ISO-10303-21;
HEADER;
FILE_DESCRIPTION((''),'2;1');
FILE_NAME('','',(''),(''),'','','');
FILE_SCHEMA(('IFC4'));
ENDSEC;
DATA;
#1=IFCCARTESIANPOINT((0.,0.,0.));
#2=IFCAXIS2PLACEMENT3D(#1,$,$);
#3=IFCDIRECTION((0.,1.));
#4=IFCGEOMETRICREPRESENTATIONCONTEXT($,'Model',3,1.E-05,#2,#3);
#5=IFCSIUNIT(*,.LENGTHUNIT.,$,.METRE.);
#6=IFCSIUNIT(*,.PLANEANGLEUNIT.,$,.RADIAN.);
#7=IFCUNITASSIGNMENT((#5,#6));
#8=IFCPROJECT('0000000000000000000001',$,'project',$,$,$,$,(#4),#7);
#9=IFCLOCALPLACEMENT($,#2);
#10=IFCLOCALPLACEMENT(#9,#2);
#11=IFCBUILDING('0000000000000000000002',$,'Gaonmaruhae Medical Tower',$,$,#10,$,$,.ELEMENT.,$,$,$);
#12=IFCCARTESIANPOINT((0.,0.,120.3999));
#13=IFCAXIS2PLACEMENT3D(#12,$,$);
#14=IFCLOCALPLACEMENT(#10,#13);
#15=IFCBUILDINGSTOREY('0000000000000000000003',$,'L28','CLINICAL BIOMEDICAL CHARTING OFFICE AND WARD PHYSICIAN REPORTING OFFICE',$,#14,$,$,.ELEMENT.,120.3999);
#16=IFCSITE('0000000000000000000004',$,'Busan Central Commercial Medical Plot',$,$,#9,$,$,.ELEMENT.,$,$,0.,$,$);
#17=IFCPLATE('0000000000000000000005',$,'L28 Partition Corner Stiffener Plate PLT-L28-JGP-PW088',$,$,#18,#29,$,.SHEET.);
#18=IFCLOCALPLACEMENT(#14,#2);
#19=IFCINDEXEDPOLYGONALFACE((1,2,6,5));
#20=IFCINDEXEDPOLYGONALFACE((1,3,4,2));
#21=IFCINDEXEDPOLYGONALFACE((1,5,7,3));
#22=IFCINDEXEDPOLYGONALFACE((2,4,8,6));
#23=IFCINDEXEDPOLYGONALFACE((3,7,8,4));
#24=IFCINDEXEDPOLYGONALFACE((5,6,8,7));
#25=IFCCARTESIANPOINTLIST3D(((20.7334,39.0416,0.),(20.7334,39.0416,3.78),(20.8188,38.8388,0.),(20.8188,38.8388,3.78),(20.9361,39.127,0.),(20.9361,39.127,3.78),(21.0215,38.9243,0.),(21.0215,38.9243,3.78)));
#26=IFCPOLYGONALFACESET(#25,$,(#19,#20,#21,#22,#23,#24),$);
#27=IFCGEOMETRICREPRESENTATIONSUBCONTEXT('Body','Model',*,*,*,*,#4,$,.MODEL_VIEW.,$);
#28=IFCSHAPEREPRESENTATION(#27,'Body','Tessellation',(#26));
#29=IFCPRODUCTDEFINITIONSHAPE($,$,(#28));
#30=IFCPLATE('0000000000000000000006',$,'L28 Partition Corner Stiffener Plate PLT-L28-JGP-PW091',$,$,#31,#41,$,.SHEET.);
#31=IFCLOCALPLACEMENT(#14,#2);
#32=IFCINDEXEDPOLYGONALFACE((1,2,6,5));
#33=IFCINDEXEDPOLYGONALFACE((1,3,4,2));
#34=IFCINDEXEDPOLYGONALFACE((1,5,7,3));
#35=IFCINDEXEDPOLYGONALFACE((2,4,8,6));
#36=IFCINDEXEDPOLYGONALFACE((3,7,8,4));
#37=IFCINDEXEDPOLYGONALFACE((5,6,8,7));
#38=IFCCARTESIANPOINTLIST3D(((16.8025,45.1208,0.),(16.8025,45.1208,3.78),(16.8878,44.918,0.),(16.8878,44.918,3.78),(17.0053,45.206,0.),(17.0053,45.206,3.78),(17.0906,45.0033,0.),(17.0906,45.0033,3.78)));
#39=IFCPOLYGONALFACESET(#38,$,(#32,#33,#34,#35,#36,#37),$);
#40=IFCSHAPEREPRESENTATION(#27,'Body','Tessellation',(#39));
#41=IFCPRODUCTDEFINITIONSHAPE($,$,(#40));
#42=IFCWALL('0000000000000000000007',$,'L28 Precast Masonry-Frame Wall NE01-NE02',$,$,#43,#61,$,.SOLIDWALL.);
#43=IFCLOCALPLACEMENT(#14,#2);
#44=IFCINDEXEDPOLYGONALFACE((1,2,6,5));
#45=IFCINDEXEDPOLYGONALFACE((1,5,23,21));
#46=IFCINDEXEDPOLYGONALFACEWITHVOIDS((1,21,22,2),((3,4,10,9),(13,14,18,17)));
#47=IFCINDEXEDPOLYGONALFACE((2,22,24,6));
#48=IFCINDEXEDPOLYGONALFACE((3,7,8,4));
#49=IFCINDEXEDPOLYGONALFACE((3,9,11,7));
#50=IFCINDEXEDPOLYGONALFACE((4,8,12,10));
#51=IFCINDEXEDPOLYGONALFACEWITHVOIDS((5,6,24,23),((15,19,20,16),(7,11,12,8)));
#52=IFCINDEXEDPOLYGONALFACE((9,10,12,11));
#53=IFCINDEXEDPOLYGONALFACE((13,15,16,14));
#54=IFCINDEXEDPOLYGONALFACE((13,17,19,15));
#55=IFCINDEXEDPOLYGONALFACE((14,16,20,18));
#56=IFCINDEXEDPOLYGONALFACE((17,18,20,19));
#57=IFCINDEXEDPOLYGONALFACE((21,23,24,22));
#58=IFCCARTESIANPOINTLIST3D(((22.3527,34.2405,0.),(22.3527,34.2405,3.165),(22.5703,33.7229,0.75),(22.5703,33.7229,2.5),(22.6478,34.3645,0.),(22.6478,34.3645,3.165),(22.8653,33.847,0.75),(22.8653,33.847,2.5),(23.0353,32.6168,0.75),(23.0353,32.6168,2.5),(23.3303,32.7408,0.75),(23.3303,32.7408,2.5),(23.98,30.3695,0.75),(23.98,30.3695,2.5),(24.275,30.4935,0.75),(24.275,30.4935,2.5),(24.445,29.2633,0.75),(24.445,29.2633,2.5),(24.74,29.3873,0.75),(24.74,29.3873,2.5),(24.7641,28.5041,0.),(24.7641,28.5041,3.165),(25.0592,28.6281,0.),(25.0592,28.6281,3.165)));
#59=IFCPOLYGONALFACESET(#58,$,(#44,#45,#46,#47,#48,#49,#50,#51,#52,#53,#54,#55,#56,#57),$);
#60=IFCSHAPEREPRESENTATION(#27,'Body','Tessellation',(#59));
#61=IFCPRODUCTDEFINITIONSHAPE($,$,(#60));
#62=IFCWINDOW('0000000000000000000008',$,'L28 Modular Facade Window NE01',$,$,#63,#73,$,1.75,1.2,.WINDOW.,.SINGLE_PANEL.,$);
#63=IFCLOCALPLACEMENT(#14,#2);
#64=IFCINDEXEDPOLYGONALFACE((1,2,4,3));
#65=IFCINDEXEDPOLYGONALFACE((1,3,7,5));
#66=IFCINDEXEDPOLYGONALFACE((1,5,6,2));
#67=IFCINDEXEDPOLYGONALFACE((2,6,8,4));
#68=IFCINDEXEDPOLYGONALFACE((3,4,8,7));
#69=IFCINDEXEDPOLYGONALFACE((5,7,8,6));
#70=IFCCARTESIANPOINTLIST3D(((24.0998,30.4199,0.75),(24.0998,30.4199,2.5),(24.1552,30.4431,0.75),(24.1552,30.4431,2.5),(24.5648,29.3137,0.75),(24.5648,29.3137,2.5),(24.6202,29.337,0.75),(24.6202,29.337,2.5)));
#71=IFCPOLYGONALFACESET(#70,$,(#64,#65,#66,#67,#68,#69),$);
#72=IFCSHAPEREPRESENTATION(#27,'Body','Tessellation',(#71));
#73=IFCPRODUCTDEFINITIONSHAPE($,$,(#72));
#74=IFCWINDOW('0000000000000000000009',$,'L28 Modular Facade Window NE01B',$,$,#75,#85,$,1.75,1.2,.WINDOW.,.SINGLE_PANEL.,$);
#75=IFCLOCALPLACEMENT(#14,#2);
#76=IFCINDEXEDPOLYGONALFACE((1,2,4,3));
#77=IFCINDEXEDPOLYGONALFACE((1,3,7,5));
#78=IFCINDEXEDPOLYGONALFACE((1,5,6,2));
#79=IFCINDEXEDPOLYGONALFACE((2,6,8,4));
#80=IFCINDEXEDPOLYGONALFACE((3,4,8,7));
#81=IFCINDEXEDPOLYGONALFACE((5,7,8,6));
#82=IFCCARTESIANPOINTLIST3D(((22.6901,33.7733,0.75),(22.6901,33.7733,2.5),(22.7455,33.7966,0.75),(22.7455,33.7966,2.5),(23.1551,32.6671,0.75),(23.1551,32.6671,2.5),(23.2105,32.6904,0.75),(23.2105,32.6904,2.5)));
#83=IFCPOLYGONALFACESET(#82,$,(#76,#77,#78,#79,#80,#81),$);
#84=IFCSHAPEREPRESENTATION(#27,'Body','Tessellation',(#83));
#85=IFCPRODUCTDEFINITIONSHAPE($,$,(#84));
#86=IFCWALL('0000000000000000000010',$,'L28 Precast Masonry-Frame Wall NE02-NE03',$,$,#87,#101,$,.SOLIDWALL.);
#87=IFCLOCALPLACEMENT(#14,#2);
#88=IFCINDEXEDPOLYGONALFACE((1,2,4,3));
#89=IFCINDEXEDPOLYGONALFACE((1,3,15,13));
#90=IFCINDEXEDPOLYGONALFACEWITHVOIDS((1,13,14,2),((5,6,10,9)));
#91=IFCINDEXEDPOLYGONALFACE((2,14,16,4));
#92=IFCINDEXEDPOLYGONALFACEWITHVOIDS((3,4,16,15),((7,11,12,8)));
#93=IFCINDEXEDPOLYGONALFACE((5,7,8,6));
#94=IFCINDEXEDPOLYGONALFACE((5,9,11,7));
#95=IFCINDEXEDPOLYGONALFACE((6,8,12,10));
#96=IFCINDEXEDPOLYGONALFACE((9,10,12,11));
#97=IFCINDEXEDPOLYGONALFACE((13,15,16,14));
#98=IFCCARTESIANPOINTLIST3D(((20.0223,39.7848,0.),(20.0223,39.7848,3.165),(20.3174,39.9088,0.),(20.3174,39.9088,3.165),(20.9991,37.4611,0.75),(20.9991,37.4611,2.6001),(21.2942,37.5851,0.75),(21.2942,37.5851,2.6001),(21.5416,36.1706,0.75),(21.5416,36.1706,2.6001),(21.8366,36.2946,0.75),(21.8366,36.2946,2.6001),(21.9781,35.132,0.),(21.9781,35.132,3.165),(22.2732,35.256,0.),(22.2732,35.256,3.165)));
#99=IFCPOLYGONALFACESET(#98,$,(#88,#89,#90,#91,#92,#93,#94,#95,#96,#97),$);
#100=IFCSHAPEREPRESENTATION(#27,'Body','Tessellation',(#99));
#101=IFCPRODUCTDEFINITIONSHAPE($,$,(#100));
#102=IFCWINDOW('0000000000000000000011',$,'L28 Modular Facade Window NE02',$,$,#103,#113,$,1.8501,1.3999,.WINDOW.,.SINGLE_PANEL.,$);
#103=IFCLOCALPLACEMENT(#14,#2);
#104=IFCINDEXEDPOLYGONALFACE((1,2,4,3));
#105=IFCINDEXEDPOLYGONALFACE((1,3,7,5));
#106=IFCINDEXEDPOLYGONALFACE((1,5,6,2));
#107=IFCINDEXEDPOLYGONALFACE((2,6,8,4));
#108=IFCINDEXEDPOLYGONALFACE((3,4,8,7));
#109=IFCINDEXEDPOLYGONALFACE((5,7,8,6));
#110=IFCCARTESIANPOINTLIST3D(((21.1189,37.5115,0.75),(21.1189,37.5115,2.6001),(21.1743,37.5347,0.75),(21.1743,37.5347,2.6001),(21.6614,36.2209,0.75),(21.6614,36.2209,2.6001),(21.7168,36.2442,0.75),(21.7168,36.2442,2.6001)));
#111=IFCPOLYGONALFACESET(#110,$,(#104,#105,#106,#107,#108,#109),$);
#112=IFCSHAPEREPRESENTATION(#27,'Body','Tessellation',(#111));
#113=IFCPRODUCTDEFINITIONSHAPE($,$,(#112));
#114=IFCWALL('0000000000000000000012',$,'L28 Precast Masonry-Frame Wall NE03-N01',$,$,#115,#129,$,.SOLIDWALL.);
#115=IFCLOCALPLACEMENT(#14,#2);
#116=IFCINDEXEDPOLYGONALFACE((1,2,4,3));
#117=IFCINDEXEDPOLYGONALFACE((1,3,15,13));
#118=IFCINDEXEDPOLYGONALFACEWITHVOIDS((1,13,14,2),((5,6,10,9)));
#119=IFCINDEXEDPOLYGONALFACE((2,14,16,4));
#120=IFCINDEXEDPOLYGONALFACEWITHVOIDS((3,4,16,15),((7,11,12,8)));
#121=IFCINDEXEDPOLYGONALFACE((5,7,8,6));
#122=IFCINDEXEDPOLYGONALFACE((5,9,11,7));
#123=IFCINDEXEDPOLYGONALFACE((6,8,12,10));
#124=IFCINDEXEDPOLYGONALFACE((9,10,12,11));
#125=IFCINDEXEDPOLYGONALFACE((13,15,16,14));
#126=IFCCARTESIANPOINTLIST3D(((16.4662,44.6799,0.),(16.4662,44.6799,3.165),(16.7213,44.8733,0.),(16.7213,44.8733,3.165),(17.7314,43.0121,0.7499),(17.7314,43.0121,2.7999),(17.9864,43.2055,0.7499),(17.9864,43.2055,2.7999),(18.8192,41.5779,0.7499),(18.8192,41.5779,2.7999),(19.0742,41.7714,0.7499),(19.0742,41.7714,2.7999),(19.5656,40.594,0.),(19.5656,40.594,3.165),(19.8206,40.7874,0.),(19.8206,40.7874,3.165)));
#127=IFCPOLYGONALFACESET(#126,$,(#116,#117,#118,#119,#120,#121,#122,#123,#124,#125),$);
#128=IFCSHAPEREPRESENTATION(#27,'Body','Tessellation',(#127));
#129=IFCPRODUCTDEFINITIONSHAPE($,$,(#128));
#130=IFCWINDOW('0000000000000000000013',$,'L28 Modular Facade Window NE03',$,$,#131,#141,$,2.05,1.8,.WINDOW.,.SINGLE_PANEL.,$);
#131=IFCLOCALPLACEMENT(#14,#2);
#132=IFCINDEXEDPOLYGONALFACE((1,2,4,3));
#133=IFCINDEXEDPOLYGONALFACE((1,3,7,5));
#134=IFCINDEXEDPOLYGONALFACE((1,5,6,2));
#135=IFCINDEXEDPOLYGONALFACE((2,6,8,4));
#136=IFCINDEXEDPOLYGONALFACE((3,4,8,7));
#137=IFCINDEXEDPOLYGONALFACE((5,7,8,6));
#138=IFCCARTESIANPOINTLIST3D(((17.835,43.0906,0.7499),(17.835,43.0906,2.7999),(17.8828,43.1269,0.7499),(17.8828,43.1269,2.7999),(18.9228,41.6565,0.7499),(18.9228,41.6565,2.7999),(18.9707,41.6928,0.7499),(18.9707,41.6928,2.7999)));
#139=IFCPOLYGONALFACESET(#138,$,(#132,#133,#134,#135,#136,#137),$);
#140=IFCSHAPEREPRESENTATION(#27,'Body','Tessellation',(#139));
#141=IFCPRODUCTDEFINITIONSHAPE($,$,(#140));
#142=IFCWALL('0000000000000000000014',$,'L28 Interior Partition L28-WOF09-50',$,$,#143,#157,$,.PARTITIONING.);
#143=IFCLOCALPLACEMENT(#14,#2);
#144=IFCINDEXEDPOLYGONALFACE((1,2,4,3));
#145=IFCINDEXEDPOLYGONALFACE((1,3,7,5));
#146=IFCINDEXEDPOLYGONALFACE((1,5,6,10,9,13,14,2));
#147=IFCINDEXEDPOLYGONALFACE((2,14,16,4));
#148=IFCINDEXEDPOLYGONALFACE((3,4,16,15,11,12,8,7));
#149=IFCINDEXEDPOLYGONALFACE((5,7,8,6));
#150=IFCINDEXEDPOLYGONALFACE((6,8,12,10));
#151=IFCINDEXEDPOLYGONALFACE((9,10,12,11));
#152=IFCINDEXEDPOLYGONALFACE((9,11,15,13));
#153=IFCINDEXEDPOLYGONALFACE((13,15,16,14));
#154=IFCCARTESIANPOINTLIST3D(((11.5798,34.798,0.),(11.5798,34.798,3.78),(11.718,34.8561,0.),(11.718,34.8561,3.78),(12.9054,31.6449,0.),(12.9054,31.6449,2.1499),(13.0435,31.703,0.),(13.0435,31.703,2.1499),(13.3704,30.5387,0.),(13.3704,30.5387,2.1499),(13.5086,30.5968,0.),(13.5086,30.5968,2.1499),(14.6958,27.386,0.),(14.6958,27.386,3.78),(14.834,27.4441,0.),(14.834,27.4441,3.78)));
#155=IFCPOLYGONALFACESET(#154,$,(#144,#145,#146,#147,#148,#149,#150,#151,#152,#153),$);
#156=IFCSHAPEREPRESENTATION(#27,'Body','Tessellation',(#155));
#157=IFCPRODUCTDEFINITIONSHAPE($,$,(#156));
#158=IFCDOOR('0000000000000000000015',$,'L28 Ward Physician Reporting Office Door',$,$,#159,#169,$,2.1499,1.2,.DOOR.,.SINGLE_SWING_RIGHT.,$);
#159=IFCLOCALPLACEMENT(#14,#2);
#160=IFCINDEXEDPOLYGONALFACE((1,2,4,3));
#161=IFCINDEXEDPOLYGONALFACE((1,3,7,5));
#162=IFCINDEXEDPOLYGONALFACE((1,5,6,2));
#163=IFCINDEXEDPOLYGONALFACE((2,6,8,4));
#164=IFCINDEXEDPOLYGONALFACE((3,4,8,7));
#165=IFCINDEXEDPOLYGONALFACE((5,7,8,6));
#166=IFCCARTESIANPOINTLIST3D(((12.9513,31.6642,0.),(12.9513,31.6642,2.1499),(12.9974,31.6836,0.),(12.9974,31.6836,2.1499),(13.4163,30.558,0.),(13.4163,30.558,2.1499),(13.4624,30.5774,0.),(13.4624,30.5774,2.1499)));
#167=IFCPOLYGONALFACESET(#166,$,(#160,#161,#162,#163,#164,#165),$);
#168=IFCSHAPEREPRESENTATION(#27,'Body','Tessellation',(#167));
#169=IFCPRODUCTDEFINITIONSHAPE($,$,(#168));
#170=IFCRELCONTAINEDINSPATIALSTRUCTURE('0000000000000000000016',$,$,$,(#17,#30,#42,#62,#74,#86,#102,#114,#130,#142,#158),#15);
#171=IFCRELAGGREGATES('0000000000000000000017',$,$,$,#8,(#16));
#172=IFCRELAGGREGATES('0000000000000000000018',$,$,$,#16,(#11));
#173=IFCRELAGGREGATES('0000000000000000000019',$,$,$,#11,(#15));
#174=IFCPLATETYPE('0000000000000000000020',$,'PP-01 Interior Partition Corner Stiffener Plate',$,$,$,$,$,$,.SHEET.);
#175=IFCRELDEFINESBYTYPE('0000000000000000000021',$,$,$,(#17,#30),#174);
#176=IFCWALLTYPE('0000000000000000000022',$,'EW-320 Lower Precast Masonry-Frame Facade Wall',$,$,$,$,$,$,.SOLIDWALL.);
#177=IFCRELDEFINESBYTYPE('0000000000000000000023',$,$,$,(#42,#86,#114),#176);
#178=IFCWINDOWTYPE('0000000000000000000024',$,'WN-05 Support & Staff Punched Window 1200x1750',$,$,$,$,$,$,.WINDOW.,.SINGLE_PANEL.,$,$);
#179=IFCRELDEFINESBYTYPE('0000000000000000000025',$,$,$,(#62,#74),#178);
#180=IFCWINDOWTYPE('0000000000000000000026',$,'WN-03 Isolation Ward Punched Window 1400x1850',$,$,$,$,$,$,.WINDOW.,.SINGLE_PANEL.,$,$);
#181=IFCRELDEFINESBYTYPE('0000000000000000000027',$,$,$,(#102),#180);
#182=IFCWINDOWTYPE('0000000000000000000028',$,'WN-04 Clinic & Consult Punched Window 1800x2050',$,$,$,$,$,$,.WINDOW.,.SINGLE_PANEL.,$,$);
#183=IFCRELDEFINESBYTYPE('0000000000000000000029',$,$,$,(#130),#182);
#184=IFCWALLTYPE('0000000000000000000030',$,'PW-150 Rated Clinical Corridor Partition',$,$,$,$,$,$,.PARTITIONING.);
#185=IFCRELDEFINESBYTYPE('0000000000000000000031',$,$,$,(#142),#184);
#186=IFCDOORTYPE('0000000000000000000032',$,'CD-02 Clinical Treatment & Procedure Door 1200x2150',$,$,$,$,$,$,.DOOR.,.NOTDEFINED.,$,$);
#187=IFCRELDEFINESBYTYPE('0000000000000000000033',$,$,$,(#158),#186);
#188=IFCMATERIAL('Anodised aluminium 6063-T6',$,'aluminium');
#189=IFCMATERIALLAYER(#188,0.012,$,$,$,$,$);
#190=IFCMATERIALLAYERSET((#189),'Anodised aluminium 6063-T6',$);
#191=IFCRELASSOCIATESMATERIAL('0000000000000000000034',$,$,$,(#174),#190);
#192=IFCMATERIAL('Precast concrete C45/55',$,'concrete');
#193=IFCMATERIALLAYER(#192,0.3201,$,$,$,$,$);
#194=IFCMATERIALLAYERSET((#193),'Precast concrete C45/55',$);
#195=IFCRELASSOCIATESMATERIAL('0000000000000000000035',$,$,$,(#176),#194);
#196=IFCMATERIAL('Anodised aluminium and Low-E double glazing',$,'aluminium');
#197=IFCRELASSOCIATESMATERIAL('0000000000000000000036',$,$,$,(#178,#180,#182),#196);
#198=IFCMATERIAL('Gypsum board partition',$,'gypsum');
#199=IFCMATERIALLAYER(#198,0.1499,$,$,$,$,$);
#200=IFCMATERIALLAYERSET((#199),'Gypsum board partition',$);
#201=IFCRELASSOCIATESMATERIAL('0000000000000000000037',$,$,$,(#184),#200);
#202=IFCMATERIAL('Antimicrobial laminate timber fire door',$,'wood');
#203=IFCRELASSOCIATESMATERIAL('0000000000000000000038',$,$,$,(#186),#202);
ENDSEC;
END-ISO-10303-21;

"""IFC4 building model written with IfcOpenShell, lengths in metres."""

from ifc_helpers import new_model, si_unit, direction, frame, frame_2d, origin, origin_2d, place, context, subcontext, project, spatial, rectangle, extrude, material, layer, layer_set, type_object, element, fill, save


model = new_model("IFC4")

# Units and contexts
model_context = context("Model", 3, precision=1e-05, world=origin(), true_north=direction((0.0, 1.0)))
body_context = subcontext(model_context, "Body", "Model", "MODEL_VIEW")
ifc_project = project(units=[si_unit("LENGTHUNIT", "METRE"), si_unit("PLANEANGLEUNIT", "RADIAN")], contexts=[model_context])

# Site, building, storey
site_placement = place(None, origin())
site = spatial("IfcSite", under=ifc_project, at=site_placement, Name="Busan Central Commercial Medical Plot", CompositionType="ELEMENT", RefElevation=0.0)
building_placement = place(site_placement, origin())
building = spatial("IfcBuilding", under=site, at=building_placement, Name="Gaonmaruhae Medical Tower", CompositionType="ELEMENT")
storey_placement = place(building_placement, frame((0.0, 0.0, 120.3999)))
storey = spatial("IfcBuildingStorey", under=building, at=storey_placement, Name="L28", Description="CLINICAL BIOMEDICAL CHARTING OFFICE AND WARD PHYSICIAN REPORTING OFFICE", CompositionType="ELEMENT", Elevation=120.3999)

# Plates
ifc_material_1 = material(Name="Anodised aluminium 6063-T6", Category="aluminium")
ifc_layer_1 = layer(ifc_material_1, 0.012)
ifc_layer_set_1 = layer_set([ifc_layer_1], Name="Anodised aluminium 6063-T6")
plate_type = type_object("IfcPlateType", Name="PP-01 Interior Partition Corner Stiffener Plate", PredefinedType="SHEET", material=ifc_layer_set_1)
for number, where, z_axis, x_axis, name in (
    (1, (20.8774, 38.9829, 0.0), (0.0, 0.0, 1.0), (-0.921531, -0.388304, 0.0), "L28 Partition Corner Stiffener Plate PLT-L28-JGP-PW088"),
    (2, (16.9465, 45.062, 0.0), (0.0, 0.0, 1.0), (0.387709, -0.921782, 0.0), "L28 Partition Corner Stiffener Plate PLT-L28-JGP-PW091"),
):
    element("IfcPlate", number, at=place(storey_placement, frame(where, z_axis=z_axis, x_axis=x_axis)), inside=storey, type_object=plate_type, Name=name, PredefinedType="SHEET", context=body_context, shape_type="SweptSolid", body=[
        extrude(rectangle(XDim=0.22, YDim=0.22, at=origin_2d()), origin(), (0.0, 0.0, 1.0), 3.78),
    ])

# Wall, openings, windows
ifc_material_2 = material(Name="Precast concrete C45/55", Category="concrete")
ifc_layer_2 = layer(ifc_material_2, 0.3201)
ifc_layer_set_2 = layer_set([ifc_layer_2], Name="Precast concrete C45/55")
wall_type_1 = type_object("IfcWallType", Name="EW-320 Lower Precast Masonry-Frame Facade Wall", PredefinedType="SOLIDWALL", material=ifc_layer_set_2)
wall_1_placement = place(storey_placement, frame((22.5002, 34.3025, 0.0), z_axis=(0.0, 0.0, 1.0), x_axis=(0.387522, -0.92186, 0.0)))
wall_1 = element("IfcWall", 3, at=wall_1_placement, inside=storey, type_object=wall_type_1, Name="L28 Precast Masonry-Frame Wall NE01-NE02", PredefinedType="SOLIDWALL", context=body_context, shape_type="SweptSolid", body=[
    extrude(rectangle(XDim=6.2227, YDim=0.3201, at=frame_2d((3.1113, 0.0))), origin(), (0.0, 0.0, 1.0), 3.165),
])
opening_1_placement = place(wall_1_placement, frame((4.199, 0.0, 0.75)))
opening_1 = element("IfcOpeningElement", 4, at=opening_1_placement, cuts=wall_1, PredefinedType="OPENING", context=body_context, shape_type="SweptSolid", body=[
    extrude(rectangle(XDim=1.2, YDim=1.75, at=frame_2d((0.6001, 0.875))), frame((0.0, 0.1699, 0.0), z_axis=(0.0, -1.0, 0.0), x_axis=(1.0, 0.0, 0.0)), (0.0, 0.0, 1.0), 0.3401),
])
opening_2_placement = place(wall_1_placement, frame((0.5613, 0.0, 0.75)))
opening_2 = element("IfcOpeningElement", 5, at=opening_2_placement, cuts=wall_1, PredefinedType="OPENING", context=body_context, shape_type="SweptSolid", body=[
    extrude(rectangle(XDim=1.2, YDim=1.75, at=frame_2d((0.6001, 0.875))), frame((0.0, 0.1699, 0.0), z_axis=(0.0, -1.0, 0.0), x_axis=(1.0, 0.0, 0.0)), (0.0, 0.0, 1.0), 0.3401),
])
ifc_material_3 = material(Name="Anodised aluminium and Low-E double glazing", Category="aluminium")
window_type_1 = type_object("IfcWindowType", Name="WN-05 Support & Staff Punched Window 1200x1750", PartitioningType="SINGLE_PANEL", PredefinedType="WINDOW", material=ifc_material_3)
window_1_placement = place(opening_1_placement, origin())
window_1 = element("IfcWindow", 6, at=window_1_placement, inside=storey, type_object=window_type_1, Name="L28 Modular Facade Window NE01", OverallHeight=1.75, OverallWidth=1.2, PartitioningType="SINGLE_PANEL", PredefinedType="WINDOW", context=body_context, shape_type="SweptSolid", body=[
    extrude(rectangle(XDim=1.2, YDim=1.75, at=frame_2d((0.6001, 0.875))), frame((0.0, 0.03, 0.0), z_axis=(0.0, -1.0, 0.0), x_axis=(1.0, 0.0, 0.0)), (0.0, 0.0, 1.0), 0.0601),
])
fill(opening_1, window_1)
window_2_placement = place(opening_2_placement, origin())
window_2 = element("IfcWindow", 7, at=window_2_placement, inside=storey, type_object=window_type_1, Name="L28 Modular Facade Window NE01B", OverallHeight=1.75, OverallWidth=1.2, PartitioningType="SINGLE_PANEL", PredefinedType="WINDOW", context=body_context, shape_type="SweptSolid", body=[
    extrude(rectangle(XDim=1.2, YDim=1.75, at=frame_2d((0.6001, 0.875))), frame((0.0, 0.03, 0.0), z_axis=(0.0, -1.0, 0.0), x_axis=(1.0, 0.0, 0.0)), (0.0, 0.0, 1.0), 0.0601),
])
fill(opening_2, window_2)

# Walls, openings, windows
wall_2_placement = place(storey_placement, frame((20.1699, 39.8467, 0.0), z_axis=(0.0, 0.0, 1.0), x_axis=(0.387505, -0.921867, 0.0)))
wall_2 = element("IfcWall", 8, at=wall_2_placement, inside=storey, type_object=wall_type_1, Name="L28 Precast Masonry-Frame Wall NE02-NE03", PredefinedType="SOLIDWALL", context=body_context, shape_type="SweptSolid", body=[
    extrude(rectangle(XDim=5.0471, YDim=0.3201, at=frame_2d((2.5234, 0.0))), origin(), (0.0, 0.0, 1.0), 3.165),
])
opening_3_placement = place(wall_2_placement, frame((2.5205, 0.0, 0.75)))
opening_3 = element("IfcOpeningElement", 9, at=opening_3_placement, cuts=wall_2, PredefinedType="OPENING", context=body_context, shape_type="SweptSolid", body=[
    extrude(rectangle(XDim=1.3999, YDim=1.8501, at=frame_2d((0.7, 0.925))), frame((0.0, 0.1699, 0.0), z_axis=(0.0, -1.0, 0.0), x_axis=(1.0, 0.0, 0.0)), (0.0, 0.0, 1.0), 0.3401),
])
window_type_2 = type_object("IfcWindowType", Name="WN-03 Isolation Ward Punched Window 1400x1850", PartitioningType="SINGLE_PANEL", PredefinedType="WINDOW", material=ifc_material_3)
window_3_placement = place(opening_3_placement, origin())
window_3 = element("IfcWindow", 10, at=window_3_placement, inside=storey, type_object=window_type_2, Name="L28 Modular Facade Window NE02", OverallHeight=1.8501, OverallWidth=1.3999, PartitioningType="SINGLE_PANEL", PredefinedType="WINDOW", context=body_context, shape_type="SweptSolid", body=[
    extrude(rectangle(XDim=1.3999, YDim=1.8501, at=frame_2d((0.7, 0.925))), frame((0.0, 0.03, 0.0), z_axis=(0.0, -1.0, 0.0), x_axis=(1.0, 0.0, 0.0)), (0.0, 0.0, 1.0), 0.0601),
])
fill(opening_3, window_3)
wall_3_placement = place(storey_placement, frame((16.5938, 44.7766, 0.0), z_axis=(0.0, 0.0, 1.0), x_axis=(0.604348, -0.796721, 0.0)))
wall_3 = element("IfcWall", 11, at=wall_3_placement, inside=storey, type_object=wall_type_1, Name="L28 Precast Masonry-Frame Wall NE03-N01", PredefinedType="SOLIDWALL", context=body_context, shape_type="SweptSolid", body=[
    extrude(rectangle(XDim=5.1284, YDim=0.3201, at=frame_2d((2.5642, 0.0))), origin(), (0.0, 0.0, 1.0), 3.165),
])
opening_4_placement = place(wall_3_placement, frame((2.0935, 0.0, 0.75)))
opening_4 = element("IfcOpeningElement", 12, at=opening_4_placement, cuts=wall_3, PredefinedType="OPENING", context=body_context, shape_type="SweptSolid", body=[
    extrude(rectangle(XDim=1.8, YDim=2.05, at=frame_2d((0.8999, 1.0249))), frame((0.0, 0.1699, 0.0), z_axis=(0.0, -1.0, 0.0), x_axis=(1.0, 0.0, 0.0)), (0.0, 0.0, 1.0), 0.3401),
])
window_type_3 = type_object("IfcWindowType", Name="WN-04 Clinic & Consult Punched Window 1800x2050", PartitioningType="SINGLE_PANEL", PredefinedType="WINDOW", material=ifc_material_3)
window_4_placement = place(opening_4_placement, origin())
window_4 = element("IfcWindow", 13, at=window_4_placement, inside=storey, type_object=window_type_3, Name="L28 Modular Facade Window NE03", OverallHeight=2.05, OverallWidth=1.8, PartitioningType="SINGLE_PANEL", PredefinedType="WINDOW", context=body_context, shape_type="SweptSolid", body=[
    extrude(rectangle(XDim=1.8, YDim=2.05, at=frame_2d((0.8999, 1.0249))), frame((0.0, 0.03, 0.0), z_axis=(0.0, -1.0, 0.0), x_axis=(1.0, 0.0, 0.0)), (0.0, 0.0, 1.0), 0.0601),
])
fill(opening_4, window_4)

# Wall, opening, door
ifc_material_4 = material(Name="Gypsum board partition", Category="gypsum")
ifc_layer_3 = layer(ifc_material_4, 0.1499)
ifc_layer_set_3 = layer_set([ifc_layer_3], Name="Gypsum board partition")
wall_type_2 = type_object("IfcWallType", Name="PW-150 Rated Clinical Corridor Partition", PredefinedType="PARTITIONING", material=ifc_layer_set_3)
wall_4_placement = place(storey_placement, frame((11.6489, 34.8269, 0.0), z_axis=(0.0, 0.0, 1.0), x_axis=(0.387548, -0.92185, 0.0)))
wall_4 = element("IfcWall", 14, at=wall_4_placement, inside=storey, type_object=wall_type_2, Name="L28 Interior Partition L28-WOF09-50", PredefinedType="PARTITIONING", context=body_context, shape_type="SweptSolid", body=[
    extrude(rectangle(XDim=8.0403, YDim=0.1499, at=frame_2d((4.02, 0.0))), origin(), (0.0, 0.0, 1.0), 3.78),
])
opening_5_placement = place(wall_4_placement, frame((3.4202, 0.0, 0.0)))
opening_5 = element("IfcOpeningElement", 15, at=opening_5_placement, cuts=wall_4, PredefinedType="OPENING", context=body_context, shape_type="SweptSolid", body=[
    extrude(rectangle(XDim=1.2, YDim=2.1499, at=frame_2d((0.6001, 1.075))), frame((0.0, 0.085, 0.0), z_axis=(0.0, -1.0, 0.0), x_axis=(1.0, 0.0, 0.0)), (0.0, 0.0, 1.0), 0.1699),
])
ifc_material_5 = material(Name="Antimicrobial laminate timber fire door", Category="wood")
door_type_1 = type_object("IfcDoorType", Name="CD-02 Clinical Treatment & Procedure Door 1200x2150", OperationType="NOTDEFINED", PredefinedType="DOOR", material=ifc_material_5)
door_1_placement = place(opening_5_placement, origin())
door_1 = element("IfcDoor", 16, at=door_1_placement, inside=storey, type_object=door_type_1, Name="L28 Ward Physician Reporting Office Door", OperationType="SINGLE_SWING_RIGHT", OverallHeight=2.1499, OverallWidth=1.2, PredefinedType="DOOR", context=body_context, shape_type="SweptSolid", body=[
    extrude(rectangle(XDim=1.2, YDim=2.1499, at=frame_2d((0.6001, 1.075))), frame((0.0, 0.0249, 0.0), z_axis=(0.0, -1.0, 0.0), x_axis=(1.0, 0.0, 0.0)), (0.0, 0.0, 1.0), 0.05),
])
fill(opening_5, door_1)

save(model, "model.ifc")
